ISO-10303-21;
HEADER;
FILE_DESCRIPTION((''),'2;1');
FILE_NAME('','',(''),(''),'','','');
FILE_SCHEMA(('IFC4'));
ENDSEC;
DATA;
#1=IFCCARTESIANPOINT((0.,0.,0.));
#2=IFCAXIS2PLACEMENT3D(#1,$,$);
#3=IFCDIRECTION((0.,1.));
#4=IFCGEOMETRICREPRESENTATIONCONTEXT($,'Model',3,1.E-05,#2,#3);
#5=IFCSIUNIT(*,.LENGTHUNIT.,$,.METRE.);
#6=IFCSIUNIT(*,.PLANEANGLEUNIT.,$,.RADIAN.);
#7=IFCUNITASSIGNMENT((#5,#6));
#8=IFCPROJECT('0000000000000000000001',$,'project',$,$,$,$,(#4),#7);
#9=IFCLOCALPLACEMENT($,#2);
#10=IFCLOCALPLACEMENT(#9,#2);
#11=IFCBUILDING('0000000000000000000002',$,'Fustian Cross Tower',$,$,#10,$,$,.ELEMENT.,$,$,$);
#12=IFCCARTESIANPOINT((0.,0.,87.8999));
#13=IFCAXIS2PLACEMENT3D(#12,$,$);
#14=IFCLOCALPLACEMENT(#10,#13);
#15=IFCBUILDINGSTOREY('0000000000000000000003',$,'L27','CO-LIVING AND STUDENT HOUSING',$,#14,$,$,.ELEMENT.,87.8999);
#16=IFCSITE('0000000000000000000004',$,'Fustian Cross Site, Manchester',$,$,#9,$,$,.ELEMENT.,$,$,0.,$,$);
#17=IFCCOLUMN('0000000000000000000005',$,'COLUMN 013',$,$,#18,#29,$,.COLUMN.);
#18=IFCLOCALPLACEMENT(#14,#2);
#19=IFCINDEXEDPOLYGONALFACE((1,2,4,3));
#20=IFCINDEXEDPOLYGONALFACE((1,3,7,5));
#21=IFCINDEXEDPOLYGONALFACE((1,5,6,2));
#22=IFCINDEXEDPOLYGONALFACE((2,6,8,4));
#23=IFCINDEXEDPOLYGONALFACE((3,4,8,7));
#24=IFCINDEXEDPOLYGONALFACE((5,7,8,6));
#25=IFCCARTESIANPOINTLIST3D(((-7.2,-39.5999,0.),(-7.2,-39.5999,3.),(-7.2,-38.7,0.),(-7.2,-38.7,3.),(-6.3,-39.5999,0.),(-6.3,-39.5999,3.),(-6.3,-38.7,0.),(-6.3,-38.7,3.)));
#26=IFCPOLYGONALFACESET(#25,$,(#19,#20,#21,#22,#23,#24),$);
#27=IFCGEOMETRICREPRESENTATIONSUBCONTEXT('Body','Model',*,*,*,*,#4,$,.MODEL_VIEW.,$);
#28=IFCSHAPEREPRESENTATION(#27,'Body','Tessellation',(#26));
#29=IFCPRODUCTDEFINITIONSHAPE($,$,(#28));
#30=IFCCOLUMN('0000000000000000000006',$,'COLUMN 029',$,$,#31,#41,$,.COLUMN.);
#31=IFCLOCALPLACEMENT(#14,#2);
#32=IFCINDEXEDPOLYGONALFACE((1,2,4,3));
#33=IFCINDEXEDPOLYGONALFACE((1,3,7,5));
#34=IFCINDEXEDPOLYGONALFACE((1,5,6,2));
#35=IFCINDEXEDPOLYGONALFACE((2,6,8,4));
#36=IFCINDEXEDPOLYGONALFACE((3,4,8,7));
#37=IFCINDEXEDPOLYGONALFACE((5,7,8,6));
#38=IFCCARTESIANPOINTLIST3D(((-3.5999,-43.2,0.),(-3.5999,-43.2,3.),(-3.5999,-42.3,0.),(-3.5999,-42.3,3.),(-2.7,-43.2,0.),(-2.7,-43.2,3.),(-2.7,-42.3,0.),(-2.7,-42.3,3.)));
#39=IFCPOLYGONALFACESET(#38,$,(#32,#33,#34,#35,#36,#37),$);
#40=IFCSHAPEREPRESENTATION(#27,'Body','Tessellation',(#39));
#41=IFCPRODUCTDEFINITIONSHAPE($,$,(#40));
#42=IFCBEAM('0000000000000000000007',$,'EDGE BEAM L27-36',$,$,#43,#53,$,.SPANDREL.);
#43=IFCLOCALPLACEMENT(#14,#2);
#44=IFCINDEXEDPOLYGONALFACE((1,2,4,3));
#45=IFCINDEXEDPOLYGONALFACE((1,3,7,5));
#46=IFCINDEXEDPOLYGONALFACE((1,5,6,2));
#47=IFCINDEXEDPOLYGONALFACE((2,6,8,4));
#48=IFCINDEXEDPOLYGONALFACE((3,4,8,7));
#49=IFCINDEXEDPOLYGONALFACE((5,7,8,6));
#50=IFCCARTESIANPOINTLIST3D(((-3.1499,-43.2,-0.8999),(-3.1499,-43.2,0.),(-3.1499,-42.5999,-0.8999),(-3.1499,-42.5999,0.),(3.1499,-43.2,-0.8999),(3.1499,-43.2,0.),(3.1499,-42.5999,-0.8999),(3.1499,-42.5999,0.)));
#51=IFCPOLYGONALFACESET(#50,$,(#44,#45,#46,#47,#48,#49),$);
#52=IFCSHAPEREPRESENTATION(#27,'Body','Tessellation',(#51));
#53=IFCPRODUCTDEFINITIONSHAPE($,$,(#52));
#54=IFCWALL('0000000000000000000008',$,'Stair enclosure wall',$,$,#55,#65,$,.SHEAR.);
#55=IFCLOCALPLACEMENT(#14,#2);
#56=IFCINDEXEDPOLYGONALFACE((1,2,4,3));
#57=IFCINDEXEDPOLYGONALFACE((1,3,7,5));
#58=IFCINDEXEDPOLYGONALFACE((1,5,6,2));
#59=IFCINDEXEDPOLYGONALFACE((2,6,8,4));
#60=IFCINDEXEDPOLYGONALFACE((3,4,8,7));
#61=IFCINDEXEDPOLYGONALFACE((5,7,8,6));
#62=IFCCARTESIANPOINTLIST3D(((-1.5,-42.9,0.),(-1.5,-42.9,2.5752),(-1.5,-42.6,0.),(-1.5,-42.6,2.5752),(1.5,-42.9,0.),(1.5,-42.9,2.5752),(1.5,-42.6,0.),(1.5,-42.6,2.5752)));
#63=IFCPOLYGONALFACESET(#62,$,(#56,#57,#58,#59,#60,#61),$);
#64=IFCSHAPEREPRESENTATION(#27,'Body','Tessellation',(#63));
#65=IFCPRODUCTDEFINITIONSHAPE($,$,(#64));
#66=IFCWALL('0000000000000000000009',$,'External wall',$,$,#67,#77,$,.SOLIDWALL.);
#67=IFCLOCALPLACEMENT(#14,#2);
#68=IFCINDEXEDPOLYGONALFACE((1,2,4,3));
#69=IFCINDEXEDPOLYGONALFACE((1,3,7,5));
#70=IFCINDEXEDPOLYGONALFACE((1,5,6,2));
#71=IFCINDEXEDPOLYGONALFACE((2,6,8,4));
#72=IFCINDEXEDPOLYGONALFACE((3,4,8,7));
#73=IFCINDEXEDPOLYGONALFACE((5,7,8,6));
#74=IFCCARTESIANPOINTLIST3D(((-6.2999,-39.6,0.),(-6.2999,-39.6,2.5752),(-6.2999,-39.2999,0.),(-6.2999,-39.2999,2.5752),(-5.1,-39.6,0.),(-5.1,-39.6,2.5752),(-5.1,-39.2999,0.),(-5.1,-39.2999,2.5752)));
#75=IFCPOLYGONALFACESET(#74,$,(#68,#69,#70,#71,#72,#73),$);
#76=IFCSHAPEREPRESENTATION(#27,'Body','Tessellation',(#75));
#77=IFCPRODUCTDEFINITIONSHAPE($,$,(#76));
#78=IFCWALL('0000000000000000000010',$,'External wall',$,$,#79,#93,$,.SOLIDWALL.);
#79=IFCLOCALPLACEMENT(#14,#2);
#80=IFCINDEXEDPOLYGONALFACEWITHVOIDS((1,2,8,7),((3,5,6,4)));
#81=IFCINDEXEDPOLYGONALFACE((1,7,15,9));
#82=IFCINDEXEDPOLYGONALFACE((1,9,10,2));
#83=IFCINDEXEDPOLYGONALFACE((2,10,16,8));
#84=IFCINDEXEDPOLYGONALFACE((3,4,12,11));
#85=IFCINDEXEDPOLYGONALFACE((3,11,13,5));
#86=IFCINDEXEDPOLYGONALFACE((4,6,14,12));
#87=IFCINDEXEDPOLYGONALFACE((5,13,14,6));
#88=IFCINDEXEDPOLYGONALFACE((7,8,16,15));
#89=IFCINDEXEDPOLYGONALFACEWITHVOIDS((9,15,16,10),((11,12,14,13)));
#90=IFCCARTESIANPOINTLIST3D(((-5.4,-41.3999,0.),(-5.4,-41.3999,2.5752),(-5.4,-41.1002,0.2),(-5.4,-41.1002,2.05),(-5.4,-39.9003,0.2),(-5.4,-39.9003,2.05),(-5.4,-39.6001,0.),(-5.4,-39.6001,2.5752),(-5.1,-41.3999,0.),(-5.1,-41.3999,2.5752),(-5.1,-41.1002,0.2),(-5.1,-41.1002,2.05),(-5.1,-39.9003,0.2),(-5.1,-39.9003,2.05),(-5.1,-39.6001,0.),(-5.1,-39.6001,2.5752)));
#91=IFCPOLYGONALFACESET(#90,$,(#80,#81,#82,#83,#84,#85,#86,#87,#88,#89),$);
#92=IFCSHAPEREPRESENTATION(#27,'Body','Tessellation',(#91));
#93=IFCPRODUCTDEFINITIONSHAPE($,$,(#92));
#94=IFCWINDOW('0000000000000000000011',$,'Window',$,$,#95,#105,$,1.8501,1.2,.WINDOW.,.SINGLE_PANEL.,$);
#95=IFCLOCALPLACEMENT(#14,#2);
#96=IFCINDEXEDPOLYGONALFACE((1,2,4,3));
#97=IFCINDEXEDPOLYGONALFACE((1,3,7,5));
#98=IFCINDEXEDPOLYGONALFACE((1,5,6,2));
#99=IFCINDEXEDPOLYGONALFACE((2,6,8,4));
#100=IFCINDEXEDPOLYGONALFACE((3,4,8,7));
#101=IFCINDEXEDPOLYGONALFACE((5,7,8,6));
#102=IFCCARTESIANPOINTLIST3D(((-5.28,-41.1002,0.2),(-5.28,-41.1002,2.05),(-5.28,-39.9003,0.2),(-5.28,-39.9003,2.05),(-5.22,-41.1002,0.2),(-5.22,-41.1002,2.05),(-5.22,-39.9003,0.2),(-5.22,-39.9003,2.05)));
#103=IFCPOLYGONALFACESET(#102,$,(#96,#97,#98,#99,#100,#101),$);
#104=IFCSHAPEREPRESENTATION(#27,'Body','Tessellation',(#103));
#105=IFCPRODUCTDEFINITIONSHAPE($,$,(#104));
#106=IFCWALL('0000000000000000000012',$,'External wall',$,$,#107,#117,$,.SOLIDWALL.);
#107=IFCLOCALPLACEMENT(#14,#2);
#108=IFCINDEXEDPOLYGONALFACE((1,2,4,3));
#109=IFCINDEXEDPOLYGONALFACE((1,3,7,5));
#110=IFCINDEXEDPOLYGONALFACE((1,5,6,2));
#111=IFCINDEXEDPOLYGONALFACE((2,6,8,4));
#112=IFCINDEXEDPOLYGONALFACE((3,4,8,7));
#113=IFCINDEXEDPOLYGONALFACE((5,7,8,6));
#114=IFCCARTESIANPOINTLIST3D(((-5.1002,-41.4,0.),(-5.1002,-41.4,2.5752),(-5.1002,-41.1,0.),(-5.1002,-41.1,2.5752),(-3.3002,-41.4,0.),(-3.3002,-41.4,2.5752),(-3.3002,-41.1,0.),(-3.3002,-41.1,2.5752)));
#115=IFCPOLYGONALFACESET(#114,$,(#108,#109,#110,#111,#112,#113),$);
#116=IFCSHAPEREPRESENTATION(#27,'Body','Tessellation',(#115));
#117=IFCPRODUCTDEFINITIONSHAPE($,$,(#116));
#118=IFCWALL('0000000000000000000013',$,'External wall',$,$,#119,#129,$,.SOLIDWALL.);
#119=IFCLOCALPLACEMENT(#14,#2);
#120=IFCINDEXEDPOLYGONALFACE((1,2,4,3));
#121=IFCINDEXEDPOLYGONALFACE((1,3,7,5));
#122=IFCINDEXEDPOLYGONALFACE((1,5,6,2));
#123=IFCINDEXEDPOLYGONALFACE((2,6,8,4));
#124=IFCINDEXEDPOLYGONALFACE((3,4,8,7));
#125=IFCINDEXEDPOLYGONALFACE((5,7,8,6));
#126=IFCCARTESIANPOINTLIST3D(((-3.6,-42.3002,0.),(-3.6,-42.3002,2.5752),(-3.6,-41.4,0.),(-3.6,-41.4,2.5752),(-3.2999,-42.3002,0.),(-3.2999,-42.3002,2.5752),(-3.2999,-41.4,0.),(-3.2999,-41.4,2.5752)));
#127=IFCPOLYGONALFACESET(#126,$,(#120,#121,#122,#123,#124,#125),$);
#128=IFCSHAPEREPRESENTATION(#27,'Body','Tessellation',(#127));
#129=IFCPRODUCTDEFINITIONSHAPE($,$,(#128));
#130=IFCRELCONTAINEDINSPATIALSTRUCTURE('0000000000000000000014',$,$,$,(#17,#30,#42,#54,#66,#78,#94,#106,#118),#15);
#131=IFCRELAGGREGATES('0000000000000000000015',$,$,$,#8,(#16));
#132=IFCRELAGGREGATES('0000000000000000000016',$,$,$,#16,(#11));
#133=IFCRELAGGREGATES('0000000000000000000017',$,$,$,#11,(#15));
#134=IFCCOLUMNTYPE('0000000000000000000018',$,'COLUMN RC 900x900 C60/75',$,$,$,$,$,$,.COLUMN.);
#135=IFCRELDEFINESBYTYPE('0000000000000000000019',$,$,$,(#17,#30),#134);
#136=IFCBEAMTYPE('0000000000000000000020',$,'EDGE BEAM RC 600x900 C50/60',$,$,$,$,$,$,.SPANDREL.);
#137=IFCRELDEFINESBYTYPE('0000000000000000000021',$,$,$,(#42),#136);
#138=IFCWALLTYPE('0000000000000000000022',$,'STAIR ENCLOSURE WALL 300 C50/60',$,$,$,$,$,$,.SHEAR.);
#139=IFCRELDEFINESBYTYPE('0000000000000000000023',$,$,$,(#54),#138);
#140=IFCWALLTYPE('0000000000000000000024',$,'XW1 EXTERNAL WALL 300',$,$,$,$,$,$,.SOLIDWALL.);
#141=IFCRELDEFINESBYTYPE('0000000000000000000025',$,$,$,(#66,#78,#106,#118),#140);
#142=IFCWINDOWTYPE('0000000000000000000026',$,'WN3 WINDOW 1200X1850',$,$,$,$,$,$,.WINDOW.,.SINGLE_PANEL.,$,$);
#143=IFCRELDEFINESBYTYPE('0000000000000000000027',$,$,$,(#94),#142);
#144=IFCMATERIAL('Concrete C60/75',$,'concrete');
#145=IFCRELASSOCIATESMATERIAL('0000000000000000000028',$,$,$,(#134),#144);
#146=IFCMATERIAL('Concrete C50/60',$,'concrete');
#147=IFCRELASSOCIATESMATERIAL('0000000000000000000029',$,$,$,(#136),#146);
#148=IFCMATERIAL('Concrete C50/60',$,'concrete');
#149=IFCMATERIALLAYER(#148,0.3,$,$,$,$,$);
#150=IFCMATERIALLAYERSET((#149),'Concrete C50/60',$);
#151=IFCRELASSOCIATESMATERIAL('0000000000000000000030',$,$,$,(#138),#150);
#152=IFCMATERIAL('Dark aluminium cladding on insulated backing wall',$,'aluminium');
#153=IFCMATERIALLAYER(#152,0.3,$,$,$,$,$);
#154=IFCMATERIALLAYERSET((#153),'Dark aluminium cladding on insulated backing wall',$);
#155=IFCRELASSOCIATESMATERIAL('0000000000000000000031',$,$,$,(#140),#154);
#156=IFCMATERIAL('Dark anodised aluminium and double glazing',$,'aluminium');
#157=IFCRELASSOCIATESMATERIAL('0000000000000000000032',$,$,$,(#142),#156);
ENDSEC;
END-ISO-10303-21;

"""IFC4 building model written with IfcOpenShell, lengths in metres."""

from ifc_helpers import new_model, si_unit, direction, frame, frame_2d, origin, origin_2d, place, context, subcontext, project, spatial, rectangle, extrude, material, layer, layer_set, material_profile, profile_set, type_object, element, fill, save


model = new_model("IFC4")

# Units and contexts
model_context = context("Model", 3, precision=1e-05, world=origin(), true_north=direction((0.0, 1.0)))
body_context = subcontext(model_context, "Body", "Model", "MODEL_VIEW")
ifc_project = project(units=[si_unit("LENGTHUNIT", "METRE"), si_unit("PLANEANGLEUNIT", "RADIAN")], contexts=[model_context])

# Site, building, storey
site_placement = place(None, origin())
site = spatial("IfcSite", under=ifc_project, at=site_placement, Name="Fustian Cross Site, Manchester", CompositionType="ELEMENT", RefElevation=0.0)
building_placement = place(site_placement, origin())
building = spatial("IfcBuilding", under=site, at=building_placement, Name="Fustian Cross Tower", CompositionType="ELEMENT")
storey_placement = place(building_placement, frame((0.0, 0.0, 87.8999)))
storey = spatial("IfcBuildingStorey", under=building, at=storey_placement, Name="L27", Description="CO-LIVING AND STUDENT HOUSING", CompositionType="ELEMENT", Elevation=87.8999)

# Columns
ifc_material_1 = material(Name="Concrete C60/75", Category="concrete")
ifc_material_profile_1 = material_profile(ifc_material_1, rectangle(XDim=0.8999, YDim=0.8999, at=origin_2d()), Name="RC 900x900")
ifc_profile_set_1 = profile_set([ifc_material_profile_1], Name="Concrete C60/75")
column_type = type_object("IfcColumnType", Name="COLUMN RC 900x900 C60/75", PredefinedType="COLUMN", material=ifc_profile_set_1)
for number, where, z_axis, x_axis, name in (
    (1, (-6.75, -39.1499, 0.0), (0.0, 0.0, 1.0), (1.0, 0.0, 0.0), "COLUMN 013"),
    (2, (-3.1499, -42.75, 0.0), (0.0, 0.0, 1.0), (1.0, 0.0, 0.0), "COLUMN 029"),
):
    element("IfcColumn", number, at=place(storey_placement, frame(where, z_axis=z_axis, x_axis=x_axis)), inside=storey, type_object=column_type, Name=name, PredefinedType="COLUMN", context=body_context, shape_type="SweptSolid", body=[
        extrude(rectangle(XDim=0.8999, YDim=0.8999, at=origin_2d()), origin(), (0.0, 0.0, 1.0), 3.0),
    ])

# Beam
ifc_material_2 = material(Name="Concrete C50/60", Category="concrete")
ifc_material_profile_2 = material_profile(ifc_material_2, rectangle(XDim=0.6001, YDim=0.8999, at=origin_2d()), Name="RC 600x900")
ifc_profile_set_2 = profile_set([ifc_material_profile_2], Name="Concrete C50/60")
beam_type = type_object("IfcBeamType", Name="EDGE BEAM RC 600x900 C50/60", PredefinedType="SPANDREL", material=ifc_profile_set_2)
beam_placement = place(storey_placement, frame((-3.1499, -42.8999, -0.45), z_axis=(1.0, 0.0, 0.0), x_axis=(0.0, 1.0, 0.0)))
element("IfcBeam", 3, at=beam_placement, inside=storey, type_object=beam_type, Name="EDGE BEAM L27-36", PredefinedType="SPANDREL", context=body_context, shape_type="SweptSolid", body=[
    extrude(rectangle(XDim=0.6001, YDim=0.8999, at=origin_2d()), origin(), (0.0, 0.0, 1.0), 6.2998),
])

# Walls
ifc_material_3 = material(Name="Concrete C50/60", Category="concrete")
ifc_layer_1 = layer(ifc_material_3, 0.3)
ifc_layer_set_1 = layer_set([ifc_layer_1], Name="Concrete C50/60")
wall_type_1 = type_object("IfcWallType", Name="STAIR ENCLOSURE WALL 300 C50/60", PredefinedType="SHEAR", material=ifc_layer_set_1)
wall_1_placement = place(storey_placement, frame((-1.5, -42.75, 0.0), z_axis=(0.0, 0.0, 1.0), x_axis=(1.0, 0.0, 0.0)))
element("IfcWall", 4, at=wall_1_placement, inside=storey, type_object=wall_type_1, Name="Stair enclosure wall", PredefinedType="SHEAR", context=body_context, shape_type="SweptSolid", body=[
    extrude(rectangle(XDim=3.0, YDim=0.3, at=frame_2d((1.5, 0.0))), origin(), (0.0, 0.0, 1.0), 2.5752),
])
ifc_material_4 = material(Name="Dark aluminium cladding on insulated backing wall", Category="aluminium")
ifc_layer_2 = layer(ifc_material_4, 0.3)
ifc_layer_set_2 = layer_set([ifc_layer_2], Name="Dark aluminium cladding on insulated backing wall")
wall_type_2 = type_object("IfcWallType", Name="XW1 EXTERNAL WALL 300", PredefinedType="SOLIDWALL", material=ifc_layer_set_2)
wall_2_placement = place(storey_placement, frame((-6.3, -39.45, 0.0), z_axis=(0.0, 0.0, 1.0), x_axis=(1.0, 0.0, 0.0)))
element("IfcWall", 5, at=wall_2_placement, inside=storey, type_object=wall_type_2, Name="External wall", PredefinedType="SOLIDWALL", context=body_context, shape_type="SweptSolid", body=[
    extrude(rectangle(XDim=1.2, YDim=0.3, at=frame_2d((0.6001, 0.0))), origin(), (0.0, 0.0, 1.0), 2.5752),
])

# Wall, opening, window
wall_3_placement = place(storey_placement, frame((-5.25, -39.6001, 0.0), z_axis=(0.0, 0.0, 1.0), x_axis=(0.0, -1.0, 0.0)))
wall_3 = element("IfcWall", 6, at=wall_3_placement, inside=storey, type_object=wall_type_2, Name="External wall", PredefinedType="SOLIDWALL", context=body_context, shape_type="SweptSolid", body=[
    extrude(rectangle(XDim=1.7998, YDim=0.3, at=frame_2d((0.8999, 0.0))), origin(), (0.0, 0.0, 1.0), 2.5752),
])
opening_1_placement = place(wall_3_placement, frame((0.3, 0.0, 0.2)))
opening_1 = element("IfcOpeningElement", 7, at=opening_1_placement, cuts=wall_3, PredefinedType="OPENING", context=body_context, shape_type="SweptSolid", body=[
    extrude(rectangle(XDim=1.2, YDim=1.8501, at=frame_2d((0.6001, 0.925))), frame((0.0, 0.1599, 0.0), z_axis=(0.0, -1.0, 0.0), x_axis=(1.0, 0.0, 0.0)), (0.0, 0.0, 1.0), 0.3201),
])
ifc_material_5 = material(Name="Dark anodised aluminium and double glazing", Category="aluminium")
window_type_1 = type_object("IfcWindowType", Name="WN3 WINDOW 1200X1850", PartitioningType="SINGLE_PANEL", PredefinedType="WINDOW", material=ifc_material_5)
window_1_placement = place(opening_1_placement, origin())
window_1 = element("IfcWindow", 8, at=window_1_placement, inside=storey, type_object=window_type_1, Name="Window", OverallHeight=1.8501, OverallWidth=1.2, PartitioningType="SINGLE_PANEL", PredefinedType="WINDOW", context=body_context, shape_type="SweptSolid", body=[
    extrude(rectangle(XDim=1.2, YDim=1.8501, at=frame_2d((0.6001, 0.925))), frame((0.0, 0.03, 0.0), z_axis=(0.0, -1.0, 0.0), x_axis=(1.0, 0.0, 0.0)), (0.0, 0.0, 1.0), 0.0601),
])
fill(opening_1, window_1)

# Walls
wall_4_placement = place(storey_placement, frame((-5.1001, -41.25, 0.0), z_axis=(0.0, 0.0, 1.0), x_axis=(1.0, 0.0, 0.0)))
element("IfcWall", 9, at=wall_4_placement, inside=storey, type_object=wall_type_2, Name="External wall", PredefinedType="SOLIDWALL", context=body_context, shape_type="SweptSolid", body=[
    extrude(rectangle(XDim=1.8, YDim=0.3, at=frame_2d((0.8999, 0.0))), origin(), (0.0, 0.0, 1.0), 2.5752),
])
wall_5_placement = place(storey_placement, frame((-3.45, -41.3999, 0.0), z_axis=(0.0, 0.0, 1.0), x_axis=(0.0, -1.0, 0.0)))
element("IfcWall", 10, at=wall_5_placement, inside=storey, type_object=wall_type_2, Name="External wall", PredefinedType="SOLIDWALL", context=body_context, shape_type="SweptSolid", body=[
    extrude(rectangle(XDim=0.9001, YDim=0.3, at=frame_2d((0.4502, 0.0))), origin(), (0.0, 0.0, 1.0), 2.5752),
])

save(model, "model.ifc")
